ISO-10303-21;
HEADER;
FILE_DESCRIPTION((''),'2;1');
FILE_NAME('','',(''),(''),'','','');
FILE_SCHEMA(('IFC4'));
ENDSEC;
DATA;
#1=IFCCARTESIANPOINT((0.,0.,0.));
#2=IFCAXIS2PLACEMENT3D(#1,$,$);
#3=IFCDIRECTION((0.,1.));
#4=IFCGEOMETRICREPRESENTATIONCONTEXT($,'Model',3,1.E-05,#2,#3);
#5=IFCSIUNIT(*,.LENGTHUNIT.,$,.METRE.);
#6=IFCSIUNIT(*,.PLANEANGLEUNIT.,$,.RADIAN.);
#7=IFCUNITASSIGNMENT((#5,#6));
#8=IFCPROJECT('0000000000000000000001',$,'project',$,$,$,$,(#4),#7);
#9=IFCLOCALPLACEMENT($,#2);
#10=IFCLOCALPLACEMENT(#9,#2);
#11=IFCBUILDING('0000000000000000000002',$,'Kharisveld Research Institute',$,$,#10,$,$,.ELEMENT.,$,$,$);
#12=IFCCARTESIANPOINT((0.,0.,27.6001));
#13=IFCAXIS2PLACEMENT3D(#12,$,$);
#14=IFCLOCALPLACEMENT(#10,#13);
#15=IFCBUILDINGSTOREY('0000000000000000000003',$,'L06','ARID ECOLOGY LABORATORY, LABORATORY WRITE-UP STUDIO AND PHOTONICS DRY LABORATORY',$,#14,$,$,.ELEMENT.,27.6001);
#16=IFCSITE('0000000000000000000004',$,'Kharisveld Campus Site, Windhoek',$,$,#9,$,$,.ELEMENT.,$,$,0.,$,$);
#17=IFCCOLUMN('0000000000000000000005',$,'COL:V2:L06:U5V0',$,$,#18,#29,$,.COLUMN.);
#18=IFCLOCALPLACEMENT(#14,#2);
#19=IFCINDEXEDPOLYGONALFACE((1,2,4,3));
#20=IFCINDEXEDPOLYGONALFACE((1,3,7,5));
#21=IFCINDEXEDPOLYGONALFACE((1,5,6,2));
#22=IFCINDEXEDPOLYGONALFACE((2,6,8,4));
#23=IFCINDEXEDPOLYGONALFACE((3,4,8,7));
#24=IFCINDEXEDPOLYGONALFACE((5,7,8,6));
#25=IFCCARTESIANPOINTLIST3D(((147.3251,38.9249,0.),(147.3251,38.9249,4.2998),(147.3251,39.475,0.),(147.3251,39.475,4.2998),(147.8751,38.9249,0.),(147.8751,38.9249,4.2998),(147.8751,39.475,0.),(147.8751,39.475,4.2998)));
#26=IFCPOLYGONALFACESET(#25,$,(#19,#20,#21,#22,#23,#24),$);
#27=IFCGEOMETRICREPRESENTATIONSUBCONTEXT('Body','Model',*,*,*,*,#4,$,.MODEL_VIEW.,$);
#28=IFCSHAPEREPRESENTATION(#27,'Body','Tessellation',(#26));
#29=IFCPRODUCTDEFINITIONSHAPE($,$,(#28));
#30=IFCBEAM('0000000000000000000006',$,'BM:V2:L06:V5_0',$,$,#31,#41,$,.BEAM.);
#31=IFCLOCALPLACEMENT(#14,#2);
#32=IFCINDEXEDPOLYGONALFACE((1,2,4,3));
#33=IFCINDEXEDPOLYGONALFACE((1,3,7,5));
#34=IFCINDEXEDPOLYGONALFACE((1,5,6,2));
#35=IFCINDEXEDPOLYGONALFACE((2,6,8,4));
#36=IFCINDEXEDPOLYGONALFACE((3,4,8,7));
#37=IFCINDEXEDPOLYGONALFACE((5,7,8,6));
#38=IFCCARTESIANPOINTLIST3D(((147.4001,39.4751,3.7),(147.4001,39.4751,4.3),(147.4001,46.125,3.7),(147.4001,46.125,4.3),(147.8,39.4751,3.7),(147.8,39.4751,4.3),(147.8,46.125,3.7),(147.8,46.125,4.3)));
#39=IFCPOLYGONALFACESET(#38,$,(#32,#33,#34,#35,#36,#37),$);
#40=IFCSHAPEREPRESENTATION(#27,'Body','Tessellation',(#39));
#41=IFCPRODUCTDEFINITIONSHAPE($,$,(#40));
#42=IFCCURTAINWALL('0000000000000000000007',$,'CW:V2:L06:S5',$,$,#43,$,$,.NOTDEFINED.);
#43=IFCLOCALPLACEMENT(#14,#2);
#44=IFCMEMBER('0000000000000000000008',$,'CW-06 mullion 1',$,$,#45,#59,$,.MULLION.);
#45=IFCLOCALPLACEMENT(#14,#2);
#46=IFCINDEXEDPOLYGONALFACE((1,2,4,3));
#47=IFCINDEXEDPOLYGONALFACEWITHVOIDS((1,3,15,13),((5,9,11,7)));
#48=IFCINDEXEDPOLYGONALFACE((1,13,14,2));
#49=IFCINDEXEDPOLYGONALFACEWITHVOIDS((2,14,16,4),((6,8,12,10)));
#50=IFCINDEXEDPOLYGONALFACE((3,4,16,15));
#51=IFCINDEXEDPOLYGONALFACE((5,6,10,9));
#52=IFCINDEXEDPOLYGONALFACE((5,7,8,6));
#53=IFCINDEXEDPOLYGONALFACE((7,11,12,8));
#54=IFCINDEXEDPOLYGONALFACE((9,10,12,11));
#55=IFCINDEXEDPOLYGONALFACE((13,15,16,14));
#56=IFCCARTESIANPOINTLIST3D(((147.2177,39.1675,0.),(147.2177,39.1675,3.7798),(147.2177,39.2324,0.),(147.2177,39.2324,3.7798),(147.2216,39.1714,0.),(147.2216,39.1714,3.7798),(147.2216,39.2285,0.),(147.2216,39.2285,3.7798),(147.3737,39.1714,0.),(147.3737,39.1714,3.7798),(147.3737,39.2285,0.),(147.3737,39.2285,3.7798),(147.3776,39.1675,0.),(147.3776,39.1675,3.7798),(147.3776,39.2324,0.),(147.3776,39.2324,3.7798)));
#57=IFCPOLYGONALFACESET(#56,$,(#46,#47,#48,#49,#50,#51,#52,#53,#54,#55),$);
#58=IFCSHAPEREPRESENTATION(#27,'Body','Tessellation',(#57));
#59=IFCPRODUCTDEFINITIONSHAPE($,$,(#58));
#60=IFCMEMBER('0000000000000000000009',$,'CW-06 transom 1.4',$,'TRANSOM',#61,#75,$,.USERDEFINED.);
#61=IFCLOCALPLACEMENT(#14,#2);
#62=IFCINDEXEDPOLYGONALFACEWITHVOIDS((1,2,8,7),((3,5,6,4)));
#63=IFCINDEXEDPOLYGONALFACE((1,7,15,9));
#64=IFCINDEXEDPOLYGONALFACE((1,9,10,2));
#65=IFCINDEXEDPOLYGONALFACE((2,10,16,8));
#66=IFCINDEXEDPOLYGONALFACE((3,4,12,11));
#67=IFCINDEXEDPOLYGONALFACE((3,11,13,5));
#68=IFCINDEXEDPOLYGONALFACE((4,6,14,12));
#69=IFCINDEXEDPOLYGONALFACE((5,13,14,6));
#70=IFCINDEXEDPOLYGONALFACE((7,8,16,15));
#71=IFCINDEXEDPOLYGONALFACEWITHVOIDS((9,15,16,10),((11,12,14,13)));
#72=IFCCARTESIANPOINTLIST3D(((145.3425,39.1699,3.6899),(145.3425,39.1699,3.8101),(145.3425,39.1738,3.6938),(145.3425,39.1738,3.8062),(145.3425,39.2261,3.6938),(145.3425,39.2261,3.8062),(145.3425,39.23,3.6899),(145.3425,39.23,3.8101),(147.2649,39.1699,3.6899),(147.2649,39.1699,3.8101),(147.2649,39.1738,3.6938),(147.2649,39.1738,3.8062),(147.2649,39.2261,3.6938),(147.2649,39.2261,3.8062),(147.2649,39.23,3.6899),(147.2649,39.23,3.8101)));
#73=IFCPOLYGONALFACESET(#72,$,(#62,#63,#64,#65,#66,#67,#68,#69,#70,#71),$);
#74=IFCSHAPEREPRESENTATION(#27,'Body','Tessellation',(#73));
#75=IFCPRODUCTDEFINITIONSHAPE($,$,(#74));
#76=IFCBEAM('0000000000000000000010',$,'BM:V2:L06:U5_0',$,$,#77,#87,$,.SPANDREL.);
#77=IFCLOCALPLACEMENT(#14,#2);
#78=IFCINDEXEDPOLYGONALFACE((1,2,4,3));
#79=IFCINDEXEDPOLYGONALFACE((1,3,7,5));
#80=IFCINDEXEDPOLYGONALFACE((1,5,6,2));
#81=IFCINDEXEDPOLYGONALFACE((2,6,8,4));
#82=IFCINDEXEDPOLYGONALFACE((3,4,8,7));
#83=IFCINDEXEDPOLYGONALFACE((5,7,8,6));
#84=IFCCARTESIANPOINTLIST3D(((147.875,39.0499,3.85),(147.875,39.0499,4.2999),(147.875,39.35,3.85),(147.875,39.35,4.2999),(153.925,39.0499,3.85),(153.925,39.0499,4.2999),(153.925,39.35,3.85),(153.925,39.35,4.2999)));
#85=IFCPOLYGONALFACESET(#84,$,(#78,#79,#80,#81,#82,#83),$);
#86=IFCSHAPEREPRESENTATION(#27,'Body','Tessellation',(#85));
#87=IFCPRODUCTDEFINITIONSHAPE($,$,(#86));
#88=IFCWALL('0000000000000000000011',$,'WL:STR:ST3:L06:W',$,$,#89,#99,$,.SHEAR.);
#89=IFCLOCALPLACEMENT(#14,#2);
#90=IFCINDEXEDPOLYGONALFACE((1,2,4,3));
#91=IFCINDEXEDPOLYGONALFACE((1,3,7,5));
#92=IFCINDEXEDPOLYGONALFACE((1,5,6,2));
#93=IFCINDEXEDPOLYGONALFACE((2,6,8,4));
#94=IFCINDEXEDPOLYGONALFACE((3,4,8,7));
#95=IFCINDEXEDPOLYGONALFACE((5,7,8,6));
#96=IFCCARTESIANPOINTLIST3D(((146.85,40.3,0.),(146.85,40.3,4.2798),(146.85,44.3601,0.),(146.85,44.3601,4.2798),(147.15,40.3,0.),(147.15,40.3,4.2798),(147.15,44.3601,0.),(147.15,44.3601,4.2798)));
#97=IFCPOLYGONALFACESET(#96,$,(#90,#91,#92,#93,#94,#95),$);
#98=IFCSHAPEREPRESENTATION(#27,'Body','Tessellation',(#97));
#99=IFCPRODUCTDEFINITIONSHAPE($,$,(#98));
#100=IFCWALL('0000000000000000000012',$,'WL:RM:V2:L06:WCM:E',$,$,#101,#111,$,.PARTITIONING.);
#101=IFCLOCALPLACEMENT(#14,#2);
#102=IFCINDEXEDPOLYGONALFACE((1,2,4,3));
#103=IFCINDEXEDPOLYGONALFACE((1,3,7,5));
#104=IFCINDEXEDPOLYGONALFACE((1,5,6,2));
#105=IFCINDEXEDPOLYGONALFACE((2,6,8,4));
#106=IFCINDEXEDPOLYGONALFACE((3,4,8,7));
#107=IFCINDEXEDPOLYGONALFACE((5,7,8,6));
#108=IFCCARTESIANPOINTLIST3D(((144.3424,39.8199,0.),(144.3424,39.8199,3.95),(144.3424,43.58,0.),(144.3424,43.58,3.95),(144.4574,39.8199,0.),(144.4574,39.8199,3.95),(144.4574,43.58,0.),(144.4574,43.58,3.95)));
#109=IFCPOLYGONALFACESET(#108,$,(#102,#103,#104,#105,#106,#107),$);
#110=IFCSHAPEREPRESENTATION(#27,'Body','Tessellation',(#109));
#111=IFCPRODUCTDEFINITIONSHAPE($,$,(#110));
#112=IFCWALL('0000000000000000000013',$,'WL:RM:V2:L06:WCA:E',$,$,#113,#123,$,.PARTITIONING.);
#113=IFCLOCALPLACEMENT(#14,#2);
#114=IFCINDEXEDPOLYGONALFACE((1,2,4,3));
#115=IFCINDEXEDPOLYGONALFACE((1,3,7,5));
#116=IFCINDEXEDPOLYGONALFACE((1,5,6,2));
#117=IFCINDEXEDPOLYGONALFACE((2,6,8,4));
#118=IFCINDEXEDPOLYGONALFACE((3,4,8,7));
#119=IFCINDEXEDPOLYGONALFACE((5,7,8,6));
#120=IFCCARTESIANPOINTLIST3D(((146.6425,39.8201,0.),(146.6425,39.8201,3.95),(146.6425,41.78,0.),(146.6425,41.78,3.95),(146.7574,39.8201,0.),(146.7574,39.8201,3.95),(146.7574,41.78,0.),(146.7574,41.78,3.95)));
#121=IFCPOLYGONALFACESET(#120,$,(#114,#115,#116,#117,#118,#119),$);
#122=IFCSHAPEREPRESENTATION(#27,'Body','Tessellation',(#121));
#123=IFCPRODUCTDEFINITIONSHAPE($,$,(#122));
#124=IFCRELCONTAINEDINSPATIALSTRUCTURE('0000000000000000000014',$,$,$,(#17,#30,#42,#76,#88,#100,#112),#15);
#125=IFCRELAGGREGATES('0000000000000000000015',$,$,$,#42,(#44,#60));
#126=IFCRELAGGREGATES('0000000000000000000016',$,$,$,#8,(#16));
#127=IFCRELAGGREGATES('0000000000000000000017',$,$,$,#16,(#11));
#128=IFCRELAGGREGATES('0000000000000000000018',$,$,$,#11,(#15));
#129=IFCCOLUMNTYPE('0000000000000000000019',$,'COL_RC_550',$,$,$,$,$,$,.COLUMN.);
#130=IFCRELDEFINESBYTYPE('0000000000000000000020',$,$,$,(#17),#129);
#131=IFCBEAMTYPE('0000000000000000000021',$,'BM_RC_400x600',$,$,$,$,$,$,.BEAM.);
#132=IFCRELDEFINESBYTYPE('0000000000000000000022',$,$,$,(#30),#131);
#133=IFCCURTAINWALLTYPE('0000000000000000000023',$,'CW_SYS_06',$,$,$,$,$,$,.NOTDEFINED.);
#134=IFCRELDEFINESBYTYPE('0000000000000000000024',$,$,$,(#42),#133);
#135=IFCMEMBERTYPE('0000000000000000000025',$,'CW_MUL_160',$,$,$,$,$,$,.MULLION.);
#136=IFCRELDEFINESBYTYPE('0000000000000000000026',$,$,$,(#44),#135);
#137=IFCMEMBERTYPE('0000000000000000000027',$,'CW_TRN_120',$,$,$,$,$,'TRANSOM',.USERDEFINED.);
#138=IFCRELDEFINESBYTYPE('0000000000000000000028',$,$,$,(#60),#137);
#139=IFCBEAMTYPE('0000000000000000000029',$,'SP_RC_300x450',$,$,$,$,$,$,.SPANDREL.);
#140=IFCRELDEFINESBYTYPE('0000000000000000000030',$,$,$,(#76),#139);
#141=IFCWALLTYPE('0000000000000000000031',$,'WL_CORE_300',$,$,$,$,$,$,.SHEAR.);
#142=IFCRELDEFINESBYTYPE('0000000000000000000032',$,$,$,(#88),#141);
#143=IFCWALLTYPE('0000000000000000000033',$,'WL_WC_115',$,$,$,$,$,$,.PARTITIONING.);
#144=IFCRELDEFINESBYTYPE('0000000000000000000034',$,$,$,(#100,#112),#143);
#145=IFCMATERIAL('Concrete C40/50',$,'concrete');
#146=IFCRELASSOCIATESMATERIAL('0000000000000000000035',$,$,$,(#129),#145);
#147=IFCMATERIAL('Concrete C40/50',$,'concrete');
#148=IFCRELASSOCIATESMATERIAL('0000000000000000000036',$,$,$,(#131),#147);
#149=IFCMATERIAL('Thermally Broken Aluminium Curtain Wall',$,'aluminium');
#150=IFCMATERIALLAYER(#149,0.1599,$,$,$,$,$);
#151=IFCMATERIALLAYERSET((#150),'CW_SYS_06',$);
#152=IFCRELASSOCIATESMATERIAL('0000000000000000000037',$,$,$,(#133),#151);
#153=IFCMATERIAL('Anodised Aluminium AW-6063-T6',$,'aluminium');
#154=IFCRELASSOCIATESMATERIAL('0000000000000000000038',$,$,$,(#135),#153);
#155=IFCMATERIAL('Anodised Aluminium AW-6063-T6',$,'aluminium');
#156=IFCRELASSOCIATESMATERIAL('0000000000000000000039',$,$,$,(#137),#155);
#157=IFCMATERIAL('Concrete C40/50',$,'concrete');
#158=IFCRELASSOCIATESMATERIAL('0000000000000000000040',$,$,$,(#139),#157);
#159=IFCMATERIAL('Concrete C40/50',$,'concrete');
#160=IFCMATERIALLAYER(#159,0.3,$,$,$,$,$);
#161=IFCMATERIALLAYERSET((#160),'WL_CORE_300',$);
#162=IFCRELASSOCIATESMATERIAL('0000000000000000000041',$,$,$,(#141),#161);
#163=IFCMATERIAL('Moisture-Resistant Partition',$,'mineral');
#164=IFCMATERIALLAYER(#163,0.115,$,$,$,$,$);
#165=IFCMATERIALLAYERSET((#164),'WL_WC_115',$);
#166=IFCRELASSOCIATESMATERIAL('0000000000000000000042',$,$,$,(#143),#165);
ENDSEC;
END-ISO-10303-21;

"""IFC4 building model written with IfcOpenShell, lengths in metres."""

from ifc_helpers import new_model, si_unit, direction, frame, frame_2d, origin, origin_2d, place, context, subcontext, project, spatial, rectangle, hollow_rectangle, extrude, material, layer, layer_set, material_profile, profile_set, type_object, element, aggregate, save


model = new_model("IFC4")

# Units and contexts
model_context = context("Model", 3, precision=1e-05, world=origin(), true_north=direction((0.0, 1.0)))
body_context = subcontext(model_context, "Body", "Model", "MODEL_VIEW")
ifc_project = project(units=[si_unit("LENGTHUNIT", "METRE"), si_unit("PLANEANGLEUNIT", "RADIAN")], contexts=[model_context])

# Site, building, storey
site_placement = place(None, origin())
site = spatial("IfcSite", under=ifc_project, at=site_placement, Name="Kharisveld Campus Site, Windhoek", CompositionType="ELEMENT", RefElevation=0.0)
building_placement = place(site_placement, origin())
building = spatial("IfcBuilding", under=site, at=building_placement, Name="Kharisveld Research Institute", CompositionType="ELEMENT")
storey_placement = place(building_placement, frame((0.0, 0.0, 27.6001)))
storey = spatial("IfcBuildingStorey", under=building, at=storey_placement, Name="L06", Description="ARID ECOLOGY LABORATORY, LABORATORY WRITE-UP STUDIO AND PHOTONICS DRY LABORATORY", CompositionType="ELEMENT", Elevation=27.6001)

# Column
ifc_material_1 = material(Name="Concrete C40/50", Category="concrete")
ifc_material_profile_1 = material_profile(ifc_material_1, rectangle(XDim=0.55, YDim=0.55, at=origin_2d()))
ifc_profile_set_1 = profile_set([ifc_material_profile_1], Name="Concrete C40/50")
column_type = type_object("IfcColumnType", Name="COL_RC_550", PredefinedType="COLUMN", material=ifc_profile_set_1)
column_placement = place(storey_placement, frame((147.6001, 39.2, 0.0), z_axis=(0.0, 0.0, 1.0), x_axis=(1.0, 0.0, 0.0)))
element("IfcColumn", 1, at=column_placement, inside=storey, type_object=column_type, Name="COL:V2:L06:U5V0", PredefinedType="COLUMN", context=body_context, shape_type="SweptSolid", body=[
    extrude(rectangle(XDim=0.55, YDim=0.55, at=origin_2d()), origin(), (0.0, 0.0, 1.0), 4.2998),
])

# Beam
ifc_material_2 = material(Name="Concrete C40/50", Category="concrete")
ifc_material_profile_2 = material_profile(ifc_material_2, rectangle(XDim=0.3999, YDim=0.6001, at=origin_2d()))
ifc_profile_set_2 = profile_set([ifc_material_profile_2], Name="Concrete C40/50")
beam_type_1 = type_object("IfcBeamType", Name="BM_RC_400x600", PredefinedType="BEAM", material=ifc_profile_set_2)
beam_1_placement = place(storey_placement, frame((147.6001, 39.4751, 4.0), z_axis=(0.0, 1.0, 0.0), x_axis=(-1.0, 0.0, 0.0)))
element("IfcBeam", 2, at=beam_1_placement, inside=storey, type_object=beam_type_1, Name="BM:V2:L06:V5_0", PredefinedType="BEAM", context=body_context, shape_type="SweptSolid", body=[
    extrude(rectangle(XDim=0.3999, YDim=0.6001, at=origin_2d()), origin(), (0.0, 0.0, 1.0), 6.6499),
])

# Curtain wall, members
ifc_material_3 = material(Name="Thermally Broken Aluminium Curtain Wall", Category="aluminium")
ifc_layer_1 = layer(ifc_material_3, 0.1599)
ifc_layer_set_1 = layer_set([ifc_layer_1], Name="CW_SYS_06")
curtain_wall_type = type_object("IfcCurtainWallType", Name="CW_SYS_06", PredefinedType="NOTDEFINED", material=ifc_layer_set_1)
curtain_wall_placement = place(storey_placement, origin())
curtain_wall = element("IfcCurtainWall", 3, at=curtain_wall_placement, inside=storey, type_object=curtain_wall_type, Name="CW:V2:L06:S5", PredefinedType="NOTDEFINED")
ifc_material_4 = material(Name="Anodised Aluminium AW-6063-T6", Category="aluminium")
ifc_material_profile_3 = material_profile(ifc_material_4, hollow_rectangle(XDim=0.0649, YDim=0.1599, WallThickness=0.0039, at=origin_2d()))
ifc_profile_set_3 = profile_set([ifc_material_profile_3], Name="Anodised Aluminium AW-6063-T6")
member_type_1 = type_object("IfcMemberType", Name="CW_MUL_160", PredefinedType="MULLION", material=ifc_profile_set_3)
member_1_placement = place(storey_placement, frame((147.2976, 39.2, 0.0), z_axis=(0.0, 0.0, 1.0), x_axis=(0.0, -1.0, 0.0)))
member_1 = element("IfcMember", 4, at=member_1_placement, type_object=member_type_1, Name="CW-06 mullion 1", PredefinedType="MULLION", context=body_context, shape_type="SweptSolid", body=[
    extrude(hollow_rectangle(XDim=0.0649, YDim=0.1599, WallThickness=0.0039, at=origin_2d()), origin(), (0.0, 0.0, 1.0), 3.7798),
])
ifc_material_5 = material(Name="Anodised Aluminium AW-6063-T6", Category="aluminium")
ifc_material_profile_4 = material_profile(ifc_material_5, hollow_rectangle(XDim=0.0601, YDim=0.1201, WallThickness=0.0039, at=origin_2d()))
ifc_profile_set_4 = profile_set([ifc_material_profile_4], Name="Anodised Aluminium AW-6063-T6")
member_type_2 = type_object("IfcMemberType", Name="CW_TRN_120", ElementType="TRANSOM", PredefinedType="USERDEFINED", material=ifc_profile_set_4)
member_2_placement = place(storey_placement, frame((147.2649, 39.2, 3.75), z_axis=(-1.0, 0.0, 0.0), x_axis=(0.0, -1.0, 0.0)))
member_2 = element("IfcMember", 5, at=member_2_placement, type_object=member_type_2, Name="CW-06 transom 1.4", ObjectType="TRANSOM", PredefinedType="USERDEFINED", context=body_context, shape_type="SweptSolid", body=[
    extrude(hollow_rectangle(XDim=0.0601, YDim=0.1201, WallThickness=0.0039, at=origin_2d()), origin(), (0.0, 0.0, 1.0), 1.9224),
])
aggregate(curtain_wall, [member_1, member_2])

# Beam
ifc_material_6 = material(Name="Concrete C40/50", Category="concrete")
ifc_material_profile_5 = material_profile(ifc_material_6, rectangle(XDim=0.3, YDim=0.45, at=origin_2d()))
ifc_profile_set_5 = profile_set([ifc_material_profile_5], Name="Concrete C40/50")
beam_type_2 = type_object("IfcBeamType", Name="SP_RC_300x450", PredefinedType="SPANDREL", material=ifc_profile_set_5)
beam_2_placement = place(storey_placement, frame((147.875, 39.2, 4.075), z_axis=(1.0, 0.0, 0.0), x_axis=(0.0, 1.0, 0.0)))
element("IfcBeam", 6, at=beam_2_placement, inside=storey, type_object=beam_type_2, Name="BM:V2:L06:U5_0", PredefinedType="SPANDREL", context=body_context, shape_type="SweptSolid", body=[
    extrude(rectangle(XDim=0.3, YDim=0.45, at=origin_2d()), origin(), (0.0, 0.0, 1.0), 6.05),
])

# Walls
ifc_material_7 = material(Name="Concrete C40/50", Category="concrete")
ifc_layer_2 = layer(ifc_material_7, 0.3)
ifc_layer_set_2 = layer_set([ifc_layer_2], Name="WL_CORE_300")
wall_type_1 = type_object("IfcWallType", Name="WL_CORE_300", PredefinedType="SHEAR", material=ifc_layer_set_2)
wall_1_placement = place(storey_placement, frame((147.0, 40.3, 0.0), z_axis=(0.0, 0.0, 1.0), x_axis=(0.0, 1.0, 0.0)))
element("IfcWall", 7, at=wall_1_placement, inside=storey, type_object=wall_type_1, Name="WL:STR:ST3:L06:W", PredefinedType="SHEAR", context=body_context, shape_type="SweptSolid", body=[
    extrude(rectangle(XDim=4.0601, YDim=0.3, at=frame_2d((2.03, 0.0))), origin(), (0.0, 0.0, 1.0), 4.2798),
])
ifc_material_8 = material(Name="Moisture-Resistant Partition", Category="mineral")
ifc_layer_3 = layer(ifc_material_8, 0.115)
ifc_layer_set_3 = layer_set([ifc_layer_3], Name="WL_WC_115")
wall_type_2 = type_object("IfcWallType", Name="WL_WC_115", PredefinedType="PARTITIONING", material=ifc_layer_set_3)
wall_2_placement = place(storey_placement, frame((144.3999, 39.8201, 0.0), z_axis=(0.0, 0.0, 1.0), x_axis=(0.0, 1.0, 0.0)))
element("IfcWall", 8, at=wall_2_placement, inside=storey, type_object=wall_type_2, Name="WL:RM:V2:L06:WCM:E", PredefinedType="PARTITIONING", context=body_context, shape_type="SweptSolid", body=[
    extrude(rectangle(XDim=3.76, YDim=0.115, at=frame_2d((1.8799, 0.0))), origin(), (0.0, 0.0, 1.0), 3.95),
])
wall_3_placement = place(storey_placement, frame((146.7, 39.8201, 0.0), z_axis=(0.0, 0.0, 1.0), x_axis=(0.0, 1.0, 0.0)))
element("IfcWall", 9, at=wall_3_placement, inside=storey, type_object=wall_type_2, Name="WL:RM:V2:L06:WCA:E", PredefinedType="PARTITIONING", context=body_context, shape_type="SweptSolid", body=[
    extrude(rectangle(XDim=1.96, YDim=0.115, at=frame_2d((0.98, 0.0))), origin(), (0.0, 0.0, 1.0), 3.95),
])

save(model, "model.ifc")
